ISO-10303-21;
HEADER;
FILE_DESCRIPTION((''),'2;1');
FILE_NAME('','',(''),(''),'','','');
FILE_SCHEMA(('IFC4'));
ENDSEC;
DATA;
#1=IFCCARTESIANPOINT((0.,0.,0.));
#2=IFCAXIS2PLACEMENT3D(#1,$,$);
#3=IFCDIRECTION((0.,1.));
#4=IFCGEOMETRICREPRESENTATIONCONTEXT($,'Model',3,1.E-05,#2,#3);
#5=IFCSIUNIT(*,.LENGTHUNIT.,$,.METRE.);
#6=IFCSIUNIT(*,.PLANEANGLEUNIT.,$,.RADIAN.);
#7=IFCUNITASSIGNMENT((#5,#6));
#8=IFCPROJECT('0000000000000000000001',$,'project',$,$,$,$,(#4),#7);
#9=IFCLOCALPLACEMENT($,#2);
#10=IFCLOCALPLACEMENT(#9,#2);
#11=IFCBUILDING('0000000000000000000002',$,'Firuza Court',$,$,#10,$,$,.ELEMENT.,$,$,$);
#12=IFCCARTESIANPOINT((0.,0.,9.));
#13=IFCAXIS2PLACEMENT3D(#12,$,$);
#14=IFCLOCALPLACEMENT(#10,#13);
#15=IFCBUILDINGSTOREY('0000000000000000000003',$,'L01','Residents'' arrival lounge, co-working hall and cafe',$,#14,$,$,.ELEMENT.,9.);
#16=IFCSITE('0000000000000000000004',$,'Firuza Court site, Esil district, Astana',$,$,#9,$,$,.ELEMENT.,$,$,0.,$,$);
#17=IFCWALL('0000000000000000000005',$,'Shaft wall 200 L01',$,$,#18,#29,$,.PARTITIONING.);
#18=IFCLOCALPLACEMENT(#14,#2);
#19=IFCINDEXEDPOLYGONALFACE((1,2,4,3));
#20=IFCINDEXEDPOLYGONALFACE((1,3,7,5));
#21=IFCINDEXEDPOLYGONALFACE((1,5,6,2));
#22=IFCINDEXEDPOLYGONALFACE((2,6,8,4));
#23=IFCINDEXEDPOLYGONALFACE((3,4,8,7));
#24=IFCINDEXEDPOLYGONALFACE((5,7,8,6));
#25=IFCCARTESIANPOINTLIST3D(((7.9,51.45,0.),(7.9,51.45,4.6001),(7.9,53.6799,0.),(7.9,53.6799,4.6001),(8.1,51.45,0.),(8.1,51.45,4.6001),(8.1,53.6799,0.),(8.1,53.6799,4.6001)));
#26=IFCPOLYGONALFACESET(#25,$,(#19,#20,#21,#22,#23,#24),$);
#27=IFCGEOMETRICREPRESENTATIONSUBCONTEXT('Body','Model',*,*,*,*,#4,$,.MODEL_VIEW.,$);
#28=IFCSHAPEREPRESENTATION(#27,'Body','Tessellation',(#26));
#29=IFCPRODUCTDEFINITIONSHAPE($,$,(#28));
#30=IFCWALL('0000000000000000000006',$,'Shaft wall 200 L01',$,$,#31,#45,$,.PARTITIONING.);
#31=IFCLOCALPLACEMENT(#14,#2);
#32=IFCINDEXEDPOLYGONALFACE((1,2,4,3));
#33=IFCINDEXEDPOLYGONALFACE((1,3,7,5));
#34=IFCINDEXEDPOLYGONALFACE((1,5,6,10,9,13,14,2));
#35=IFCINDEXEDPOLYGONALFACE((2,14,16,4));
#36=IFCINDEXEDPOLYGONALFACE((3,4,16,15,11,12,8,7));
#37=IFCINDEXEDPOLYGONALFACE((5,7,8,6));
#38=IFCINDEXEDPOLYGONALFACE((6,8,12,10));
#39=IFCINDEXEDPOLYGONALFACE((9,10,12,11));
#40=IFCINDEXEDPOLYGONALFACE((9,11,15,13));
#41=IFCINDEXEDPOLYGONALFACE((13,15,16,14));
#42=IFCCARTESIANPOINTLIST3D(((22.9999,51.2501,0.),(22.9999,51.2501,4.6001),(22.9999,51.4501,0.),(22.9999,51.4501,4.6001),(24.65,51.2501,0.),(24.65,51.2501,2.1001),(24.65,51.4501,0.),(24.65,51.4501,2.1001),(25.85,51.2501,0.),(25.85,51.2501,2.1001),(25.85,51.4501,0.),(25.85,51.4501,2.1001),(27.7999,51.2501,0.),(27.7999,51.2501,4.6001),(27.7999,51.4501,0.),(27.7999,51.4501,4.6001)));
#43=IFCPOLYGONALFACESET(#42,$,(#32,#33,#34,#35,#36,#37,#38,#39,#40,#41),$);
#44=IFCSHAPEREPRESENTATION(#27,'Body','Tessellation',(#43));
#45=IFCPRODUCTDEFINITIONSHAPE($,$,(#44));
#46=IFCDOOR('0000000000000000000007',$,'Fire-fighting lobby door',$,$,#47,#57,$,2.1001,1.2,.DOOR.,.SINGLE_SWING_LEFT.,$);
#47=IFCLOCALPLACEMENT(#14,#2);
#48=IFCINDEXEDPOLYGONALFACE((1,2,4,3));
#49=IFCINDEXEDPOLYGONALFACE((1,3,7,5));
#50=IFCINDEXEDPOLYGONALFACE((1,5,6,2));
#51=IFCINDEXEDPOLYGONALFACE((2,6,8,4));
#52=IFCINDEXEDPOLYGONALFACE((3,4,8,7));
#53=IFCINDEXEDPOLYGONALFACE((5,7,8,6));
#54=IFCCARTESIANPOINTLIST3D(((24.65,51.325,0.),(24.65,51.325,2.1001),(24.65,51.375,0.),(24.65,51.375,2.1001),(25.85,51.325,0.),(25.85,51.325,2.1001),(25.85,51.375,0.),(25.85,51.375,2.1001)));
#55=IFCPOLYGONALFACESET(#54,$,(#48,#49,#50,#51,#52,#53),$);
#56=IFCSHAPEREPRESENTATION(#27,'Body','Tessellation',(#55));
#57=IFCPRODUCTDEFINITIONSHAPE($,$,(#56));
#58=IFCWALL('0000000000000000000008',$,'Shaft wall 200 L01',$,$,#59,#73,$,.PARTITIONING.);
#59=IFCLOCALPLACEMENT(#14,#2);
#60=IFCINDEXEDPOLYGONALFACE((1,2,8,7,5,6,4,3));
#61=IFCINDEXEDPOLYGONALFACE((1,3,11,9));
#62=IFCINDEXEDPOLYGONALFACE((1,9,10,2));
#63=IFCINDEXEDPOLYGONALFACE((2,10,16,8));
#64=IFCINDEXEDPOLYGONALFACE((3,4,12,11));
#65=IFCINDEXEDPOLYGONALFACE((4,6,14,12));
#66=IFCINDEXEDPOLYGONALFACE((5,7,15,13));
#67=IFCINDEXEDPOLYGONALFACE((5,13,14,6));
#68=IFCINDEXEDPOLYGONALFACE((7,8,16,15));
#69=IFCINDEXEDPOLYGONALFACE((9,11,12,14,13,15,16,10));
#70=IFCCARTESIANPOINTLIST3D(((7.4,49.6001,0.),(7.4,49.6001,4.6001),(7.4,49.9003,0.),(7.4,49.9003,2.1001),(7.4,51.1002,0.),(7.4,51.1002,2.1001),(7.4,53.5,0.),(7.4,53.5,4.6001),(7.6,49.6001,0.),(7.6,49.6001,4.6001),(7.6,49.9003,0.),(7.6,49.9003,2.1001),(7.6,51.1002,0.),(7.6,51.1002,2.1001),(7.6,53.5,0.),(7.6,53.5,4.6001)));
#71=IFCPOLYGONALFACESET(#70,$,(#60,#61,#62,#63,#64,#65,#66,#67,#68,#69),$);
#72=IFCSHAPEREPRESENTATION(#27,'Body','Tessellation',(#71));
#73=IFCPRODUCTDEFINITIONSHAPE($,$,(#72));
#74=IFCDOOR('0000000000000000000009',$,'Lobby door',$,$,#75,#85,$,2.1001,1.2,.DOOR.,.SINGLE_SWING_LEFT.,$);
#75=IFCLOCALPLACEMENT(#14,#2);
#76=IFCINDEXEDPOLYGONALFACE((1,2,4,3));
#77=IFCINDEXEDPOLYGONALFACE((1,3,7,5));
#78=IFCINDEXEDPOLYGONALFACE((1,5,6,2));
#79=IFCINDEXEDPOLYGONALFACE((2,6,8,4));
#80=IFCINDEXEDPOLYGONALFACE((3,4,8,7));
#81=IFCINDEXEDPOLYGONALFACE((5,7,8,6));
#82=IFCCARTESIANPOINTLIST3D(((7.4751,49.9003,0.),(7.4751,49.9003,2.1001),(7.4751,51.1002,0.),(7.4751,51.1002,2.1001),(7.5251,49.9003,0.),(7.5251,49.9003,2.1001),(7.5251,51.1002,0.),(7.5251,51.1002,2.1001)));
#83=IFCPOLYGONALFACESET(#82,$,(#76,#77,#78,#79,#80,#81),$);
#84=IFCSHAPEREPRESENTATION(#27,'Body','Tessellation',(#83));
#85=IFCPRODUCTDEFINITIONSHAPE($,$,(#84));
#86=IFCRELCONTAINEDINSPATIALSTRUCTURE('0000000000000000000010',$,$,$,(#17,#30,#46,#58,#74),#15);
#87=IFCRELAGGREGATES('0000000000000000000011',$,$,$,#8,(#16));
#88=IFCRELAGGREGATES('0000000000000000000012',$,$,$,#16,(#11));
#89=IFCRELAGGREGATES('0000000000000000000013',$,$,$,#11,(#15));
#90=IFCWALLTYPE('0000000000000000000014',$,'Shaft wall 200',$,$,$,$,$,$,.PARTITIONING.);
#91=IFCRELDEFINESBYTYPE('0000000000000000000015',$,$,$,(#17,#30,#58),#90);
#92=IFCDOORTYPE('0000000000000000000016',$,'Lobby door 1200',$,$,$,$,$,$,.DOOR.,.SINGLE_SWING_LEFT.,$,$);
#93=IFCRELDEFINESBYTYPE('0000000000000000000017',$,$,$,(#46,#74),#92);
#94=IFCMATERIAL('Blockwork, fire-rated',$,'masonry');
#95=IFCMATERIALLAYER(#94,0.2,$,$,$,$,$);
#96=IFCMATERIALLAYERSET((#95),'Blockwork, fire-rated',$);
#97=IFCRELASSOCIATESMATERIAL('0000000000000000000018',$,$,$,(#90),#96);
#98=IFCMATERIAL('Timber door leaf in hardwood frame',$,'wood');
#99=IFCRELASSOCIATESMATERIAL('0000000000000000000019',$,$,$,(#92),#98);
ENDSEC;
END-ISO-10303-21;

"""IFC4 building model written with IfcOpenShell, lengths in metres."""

from ifc_helpers import new_model, si_unit, direction, frame, frame_2d, origin, place, context, subcontext, project, spatial, rectangle, extrude, material, layer, layer_set, type_object, element, fill, save


model = new_model("IFC4")

# Units and contexts
model_context = context("Model", 3, precision=1e-05, world=origin(), true_north=direction((0.0, 1.0)))
body_context = subcontext(model_context, "Body", "Model", "MODEL_VIEW")
ifc_project = project(units=[si_unit("LENGTHUNIT", "METRE"), si_unit("PLANEANGLEUNIT", "RADIAN")], contexts=[model_context])

# Site, building, storey
site_placement = place(None, origin())
site = spatial("IfcSite", under=ifc_project, at=site_placement, Name="Firuza Court site, Esil district, Astana", CompositionType="ELEMENT", RefElevation=0.0)
building_placement = place(site_placement, origin())
building = spatial("IfcBuilding", under=site, at=building_placement, Name="Firuza Court", CompositionType="ELEMENT")
storey_placement = place(building_placement, frame((0.0, 0.0, 9.0)))
storey = spatial("IfcBuildingStorey", under=building, at=storey_placement, Name="L01", Description="Residents' arrival lounge, co-working hall and cafe", CompositionType="ELEMENT", Elevation=9.0)

# Shared definitions
ifc_material_1 = material(Name="Blockwork, fire-rated", Category="masonry")
ifc_layer_1 = layer(ifc_material_1, 0.2)
ifc_layer_set_1 = layer_set([ifc_layer_1], Name="Blockwork, fire-rated")
wall_type_1 = type_object("IfcWallType", Name="Shaft wall 200", PredefinedType="PARTITIONING", material=ifc_layer_set_1)
ifc_material_2 = material(Name="Timber door leaf in hardwood frame", Category="wood")
door_type_1 = type_object("IfcDoorType", Name="Lobby door 1200", OperationType="SINGLE_SWING_LEFT", PredefinedType="DOOR", material=ifc_material_2)

# Wall
for number, where, z_axis, x_axis, name in (
    (1, (8.0, 51.45, 0.0), (0.0, 0.0, 1.0), (0.0, 1.0, 0.0), "Shaft wall 200 L01"),
):
    element("IfcWall", number, at=place(storey_placement, frame(where, z_axis=z_axis, x_axis=x_axis)), inside=storey, type_object=wall_type_1, Name=name, PredefinedType="PARTITIONING", context=body_context, shape_type="SweptSolid", body=[
        extrude(rectangle(XDim=2.23, YDim=0.2, at=frame_2d((1.115, 0.0))), origin(), (0.0, 0.0, 1.0), 4.6001),
    ])

# Walls, openings, doors
wall_1_placement = place(storey_placement, frame((23.0, 51.3501, 0.0), z_axis=(0.0, 0.0, 1.0), x_axis=(1.0, 0.0, 0.0)))
wall_1 = element("IfcWall", 2, at=wall_1_placement, inside=storey, type_object=wall_type_1, Name="Shaft wall 200 L01", PredefinedType="PARTITIONING", context=body_context, shape_type="SweptSolid", body=[
    extrude(rectangle(XDim=4.8, YDim=0.2, at=frame_2d((2.3999, 0.0))), origin(), (0.0, 0.0, 1.0), 4.6001),
])
opening_1_placement = place(wall_1_placement, frame((1.6499, 0.0, 0.0)))
opening_1 = element("IfcOpeningElement", 3, at=opening_1_placement, cuts=wall_1, PredefinedType="OPENING", context=body_context, shape_type="SweptSolid", body=[
    extrude(rectangle(XDim=1.2, YDim=2.1001, at=frame_2d((0.6001, 1.05))), frame((0.0, 0.1118, 0.0), z_axis=(0.0, -1.0, 0.0), x_axis=(1.0, 0.0, 0.0)), (0.0, 0.0, 1.0), 0.2239),
])
door_1_placement = place(opening_1_placement, origin())
door_1 = element("IfcDoor", 4, at=door_1_placement, inside=storey, type_object=door_type_1, Name="Fire-fighting lobby door", OperationType="SINGLE_SWING_LEFT", OverallHeight=2.1001, OverallWidth=1.2, PredefinedType="DOOR", context=body_context, shape_type="SweptSolid", body=[
    extrude(rectangle(XDim=1.2, YDim=2.1001, at=frame_2d((0.6001, 1.05))), frame((0.0, 0.0249, 0.0), z_axis=(0.0, -1.0, 0.0), x_axis=(1.0, 0.0, 0.0)), (0.0, 0.0, 1.0), 0.05),
])
fill(opening_1, door_1)
wall_2_placement = place(storey_placement, frame((7.5, 49.6001, 0.0), z_axis=(0.0, 0.0, 1.0), x_axis=(0.0, 1.0, 0.0)))
wall_2 = element("IfcWall", 5, at=wall_2_placement, inside=storey, type_object=wall_type_1, Name="Shaft wall 200 L01", PredefinedType="PARTITIONING", context=body_context, shape_type="SweptSolid", body=[
    extrude(rectangle(XDim=3.8999, YDim=0.2, at=frame_2d((1.95, 0.0))), origin(), (0.0, 0.0, 1.0), 4.6001),
])
opening_2_placement = place(wall_2_placement, frame((0.3, 0.0, 0.0)))
opening_2 = element("IfcOpeningElement", 6, at=opening_2_placement, cuts=wall_2, PredefinedType="OPENING", context=body_context, shape_type="SweptSolid", body=[
    extrude(rectangle(XDim=1.2, YDim=2.1001, at=frame_2d((0.6001, 1.05))), frame((0.0, 0.1118, 0.0), z_axis=(0.0, -1.0, 0.0), x_axis=(1.0, 0.0, 0.0)), (0.0, 0.0, 1.0), 0.2239),
])
door_2_placement = place(opening_2_placement, origin())
door_2 = element("IfcDoor", 7, at=door_2_placement, inside=storey, type_object=door_type_1, Name="Lobby door", OperationType="SINGLE_SWING_LEFT", OverallHeight=2.1001, OverallWidth=1.2, PredefinedType="DOOR", context=body_context, shape_type="SweptSolid", body=[
    extrude(rectangle(XDim=1.2, YDim=2.1001, at=frame_2d((0.6001, 1.05))), frame((0.0, 0.0249, 0.0), z_axis=(0.0, -1.0, 0.0), x_axis=(1.0, 0.0, 0.0)), (0.0, 0.0, 1.0), 0.05),
])
fill(opening_2, door_2)

save(model, "model.ifc")
